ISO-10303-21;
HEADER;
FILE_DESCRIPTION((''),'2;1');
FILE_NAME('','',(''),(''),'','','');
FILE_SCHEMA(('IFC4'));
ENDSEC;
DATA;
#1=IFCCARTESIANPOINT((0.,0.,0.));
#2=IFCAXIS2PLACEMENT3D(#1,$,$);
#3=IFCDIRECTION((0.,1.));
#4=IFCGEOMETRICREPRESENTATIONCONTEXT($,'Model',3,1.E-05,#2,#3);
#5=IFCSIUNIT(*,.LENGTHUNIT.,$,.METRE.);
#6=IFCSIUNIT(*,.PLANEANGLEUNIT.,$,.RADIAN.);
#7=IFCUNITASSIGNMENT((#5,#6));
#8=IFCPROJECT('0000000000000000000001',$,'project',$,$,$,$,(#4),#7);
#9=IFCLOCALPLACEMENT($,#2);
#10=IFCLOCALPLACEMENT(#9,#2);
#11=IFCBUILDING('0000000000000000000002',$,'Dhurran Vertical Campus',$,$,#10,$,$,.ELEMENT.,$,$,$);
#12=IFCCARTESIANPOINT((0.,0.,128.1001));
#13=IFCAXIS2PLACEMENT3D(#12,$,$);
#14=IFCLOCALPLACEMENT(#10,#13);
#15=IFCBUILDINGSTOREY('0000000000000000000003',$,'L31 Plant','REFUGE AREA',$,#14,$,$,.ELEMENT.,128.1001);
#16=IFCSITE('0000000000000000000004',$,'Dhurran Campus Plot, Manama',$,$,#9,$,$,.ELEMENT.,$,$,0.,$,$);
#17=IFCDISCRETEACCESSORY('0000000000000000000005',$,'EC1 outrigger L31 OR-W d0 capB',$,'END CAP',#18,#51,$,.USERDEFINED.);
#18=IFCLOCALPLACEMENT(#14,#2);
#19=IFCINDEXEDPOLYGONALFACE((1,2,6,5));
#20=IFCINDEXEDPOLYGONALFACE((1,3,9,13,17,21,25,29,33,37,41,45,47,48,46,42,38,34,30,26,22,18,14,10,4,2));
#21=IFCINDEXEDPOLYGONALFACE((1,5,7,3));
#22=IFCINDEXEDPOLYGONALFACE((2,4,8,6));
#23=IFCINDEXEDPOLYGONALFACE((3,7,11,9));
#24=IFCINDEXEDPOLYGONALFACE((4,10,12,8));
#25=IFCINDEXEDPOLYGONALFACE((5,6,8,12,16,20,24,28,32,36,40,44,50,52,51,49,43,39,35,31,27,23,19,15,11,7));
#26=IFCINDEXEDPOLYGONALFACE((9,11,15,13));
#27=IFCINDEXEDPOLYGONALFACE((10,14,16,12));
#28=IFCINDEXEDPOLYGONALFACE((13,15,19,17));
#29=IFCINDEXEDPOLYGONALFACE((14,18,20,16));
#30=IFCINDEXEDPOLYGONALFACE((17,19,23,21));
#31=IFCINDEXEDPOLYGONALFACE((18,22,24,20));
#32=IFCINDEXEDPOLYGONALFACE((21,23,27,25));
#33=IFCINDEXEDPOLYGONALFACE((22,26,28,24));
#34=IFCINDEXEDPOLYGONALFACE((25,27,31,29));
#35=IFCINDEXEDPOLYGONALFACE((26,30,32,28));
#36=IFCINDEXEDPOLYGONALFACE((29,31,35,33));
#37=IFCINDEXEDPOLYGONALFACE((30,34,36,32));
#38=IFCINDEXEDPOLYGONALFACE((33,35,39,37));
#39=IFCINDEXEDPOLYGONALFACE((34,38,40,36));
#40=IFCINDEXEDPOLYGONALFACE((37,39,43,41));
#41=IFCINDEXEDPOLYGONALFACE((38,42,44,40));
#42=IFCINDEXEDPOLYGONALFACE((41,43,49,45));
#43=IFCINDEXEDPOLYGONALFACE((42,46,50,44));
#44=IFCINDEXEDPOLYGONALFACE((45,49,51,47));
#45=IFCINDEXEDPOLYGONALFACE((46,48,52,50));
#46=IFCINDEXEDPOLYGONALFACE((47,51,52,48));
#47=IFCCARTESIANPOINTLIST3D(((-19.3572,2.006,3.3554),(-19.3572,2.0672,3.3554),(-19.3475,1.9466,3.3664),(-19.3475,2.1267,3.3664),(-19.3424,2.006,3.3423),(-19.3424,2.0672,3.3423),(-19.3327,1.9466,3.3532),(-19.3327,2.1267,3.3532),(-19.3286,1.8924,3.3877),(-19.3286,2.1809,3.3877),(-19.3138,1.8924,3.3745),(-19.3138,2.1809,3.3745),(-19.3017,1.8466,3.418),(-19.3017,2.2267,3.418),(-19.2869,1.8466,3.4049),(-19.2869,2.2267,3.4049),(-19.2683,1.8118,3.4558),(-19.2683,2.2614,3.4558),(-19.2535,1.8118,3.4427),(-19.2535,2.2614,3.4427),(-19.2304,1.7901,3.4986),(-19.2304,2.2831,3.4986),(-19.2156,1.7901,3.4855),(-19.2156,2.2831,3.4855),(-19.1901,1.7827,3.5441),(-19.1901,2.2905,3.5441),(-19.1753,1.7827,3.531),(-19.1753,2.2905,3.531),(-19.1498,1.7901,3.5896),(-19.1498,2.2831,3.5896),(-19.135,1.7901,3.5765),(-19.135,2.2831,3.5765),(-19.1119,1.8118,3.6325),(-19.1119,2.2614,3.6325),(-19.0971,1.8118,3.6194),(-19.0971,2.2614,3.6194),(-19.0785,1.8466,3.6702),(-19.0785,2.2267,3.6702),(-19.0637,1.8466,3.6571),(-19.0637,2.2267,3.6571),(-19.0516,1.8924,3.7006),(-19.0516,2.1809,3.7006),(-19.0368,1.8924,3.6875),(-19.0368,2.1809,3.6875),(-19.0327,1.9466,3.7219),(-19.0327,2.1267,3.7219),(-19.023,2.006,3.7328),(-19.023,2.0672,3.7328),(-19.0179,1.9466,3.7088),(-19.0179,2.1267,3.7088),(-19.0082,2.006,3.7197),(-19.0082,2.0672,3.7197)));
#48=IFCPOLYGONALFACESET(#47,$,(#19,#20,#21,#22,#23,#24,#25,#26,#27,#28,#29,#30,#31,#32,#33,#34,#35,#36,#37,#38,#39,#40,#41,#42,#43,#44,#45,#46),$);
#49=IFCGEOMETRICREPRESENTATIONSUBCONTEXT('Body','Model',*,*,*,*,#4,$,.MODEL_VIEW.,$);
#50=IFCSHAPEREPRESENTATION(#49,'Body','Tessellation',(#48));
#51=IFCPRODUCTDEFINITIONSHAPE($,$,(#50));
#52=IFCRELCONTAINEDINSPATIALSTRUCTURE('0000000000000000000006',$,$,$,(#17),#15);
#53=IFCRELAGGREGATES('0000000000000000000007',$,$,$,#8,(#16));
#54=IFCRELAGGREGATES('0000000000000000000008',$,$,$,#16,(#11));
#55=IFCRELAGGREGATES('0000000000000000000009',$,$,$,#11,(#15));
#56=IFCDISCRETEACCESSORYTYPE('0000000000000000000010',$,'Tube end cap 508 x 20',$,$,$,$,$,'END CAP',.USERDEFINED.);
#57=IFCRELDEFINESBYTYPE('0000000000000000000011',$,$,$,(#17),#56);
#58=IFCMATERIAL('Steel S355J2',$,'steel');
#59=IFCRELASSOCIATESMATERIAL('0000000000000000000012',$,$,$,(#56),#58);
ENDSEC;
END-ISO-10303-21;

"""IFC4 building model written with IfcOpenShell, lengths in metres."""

from ifc_helpers import new_model, si_unit, direction, frame, origin, origin_2d, place, context, subcontext, project, spatial, circle, extrude, material, material_profile, profile_set, type_object, element, save


model = new_model("IFC4")

# Units and contexts
model_context = context("Model", 3, precision=1e-05, world=origin(), true_north=direction((0.0, 1.0)))
body_context = subcontext(model_context, "Body", "Model", "MODEL_VIEW")
ifc_project = project(units=[si_unit("LENGTHUNIT", "METRE"), si_unit("PLANEANGLEUNIT", "RADIAN")], contexts=[model_context])

# Site, building, storey
site_placement = place(None, origin())
site = spatial("IfcSite", under=ifc_project, at=site_placement, Name="Dhurran Campus Plot, Manama", CompositionType="ELEMENT", RefElevation=0.0)
building_placement = place(site_placement, origin())
building = spatial("IfcBuilding", under=site, at=building_placement, Name="Dhurran Vertical Campus", CompositionType="ELEMENT")
storey_placement = place(building_placement, frame((0.0, 0.0, 128.1001)))
storey = spatial("IfcBuildingStorey", under=building, at=storey_placement, Name="L31 Plant", Description="REFUGE AREA", CompositionType="ELEMENT", Elevation=128.1001)

# Discrete accessory
ifc_material_1 = material(Name="Steel S355J2", Category="steel")
ifc_material_profile_1 = material_profile(ifc_material_1, circle(Radius=0.2539, at=origin_2d()), Name="Tube end cap 508 x 20")
ifc_profile_set_1 = profile_set([ifc_material_profile_1], Name="Steel S355J2")
discrete_accessory_type = type_object("IfcDiscreteAccessoryType", Name="Tube end cap 508 x 20", ElementType="END CAP", PredefinedType="USERDEFINED", material=ifc_profile_set_1)
for number, where, z_axis, x_axis, name in (
    (1, (-19.1753, 2.0366, 3.531), (-0.748762, 0.0, 0.662839), (0.0, -1.0, 0.0), "EC1 outrigger L31 OR-W d0 capB"),
):
    element("IfcDiscreteAccessory", number, at=place(storey_placement, frame(where, z_axis=z_axis, x_axis=x_axis)), inside=storey, type_object=discrete_accessory_type, Name=name, ObjectType="END CAP", PredefinedType="USERDEFINED", context=body_context, shape_type="SweptSolid", body=[
        extrude(circle(Radius=0.2539, at=origin_2d()), origin(), (0.0, 0.0, 1.0), 0.0198),
    ])

save(model, "model.ifc")
